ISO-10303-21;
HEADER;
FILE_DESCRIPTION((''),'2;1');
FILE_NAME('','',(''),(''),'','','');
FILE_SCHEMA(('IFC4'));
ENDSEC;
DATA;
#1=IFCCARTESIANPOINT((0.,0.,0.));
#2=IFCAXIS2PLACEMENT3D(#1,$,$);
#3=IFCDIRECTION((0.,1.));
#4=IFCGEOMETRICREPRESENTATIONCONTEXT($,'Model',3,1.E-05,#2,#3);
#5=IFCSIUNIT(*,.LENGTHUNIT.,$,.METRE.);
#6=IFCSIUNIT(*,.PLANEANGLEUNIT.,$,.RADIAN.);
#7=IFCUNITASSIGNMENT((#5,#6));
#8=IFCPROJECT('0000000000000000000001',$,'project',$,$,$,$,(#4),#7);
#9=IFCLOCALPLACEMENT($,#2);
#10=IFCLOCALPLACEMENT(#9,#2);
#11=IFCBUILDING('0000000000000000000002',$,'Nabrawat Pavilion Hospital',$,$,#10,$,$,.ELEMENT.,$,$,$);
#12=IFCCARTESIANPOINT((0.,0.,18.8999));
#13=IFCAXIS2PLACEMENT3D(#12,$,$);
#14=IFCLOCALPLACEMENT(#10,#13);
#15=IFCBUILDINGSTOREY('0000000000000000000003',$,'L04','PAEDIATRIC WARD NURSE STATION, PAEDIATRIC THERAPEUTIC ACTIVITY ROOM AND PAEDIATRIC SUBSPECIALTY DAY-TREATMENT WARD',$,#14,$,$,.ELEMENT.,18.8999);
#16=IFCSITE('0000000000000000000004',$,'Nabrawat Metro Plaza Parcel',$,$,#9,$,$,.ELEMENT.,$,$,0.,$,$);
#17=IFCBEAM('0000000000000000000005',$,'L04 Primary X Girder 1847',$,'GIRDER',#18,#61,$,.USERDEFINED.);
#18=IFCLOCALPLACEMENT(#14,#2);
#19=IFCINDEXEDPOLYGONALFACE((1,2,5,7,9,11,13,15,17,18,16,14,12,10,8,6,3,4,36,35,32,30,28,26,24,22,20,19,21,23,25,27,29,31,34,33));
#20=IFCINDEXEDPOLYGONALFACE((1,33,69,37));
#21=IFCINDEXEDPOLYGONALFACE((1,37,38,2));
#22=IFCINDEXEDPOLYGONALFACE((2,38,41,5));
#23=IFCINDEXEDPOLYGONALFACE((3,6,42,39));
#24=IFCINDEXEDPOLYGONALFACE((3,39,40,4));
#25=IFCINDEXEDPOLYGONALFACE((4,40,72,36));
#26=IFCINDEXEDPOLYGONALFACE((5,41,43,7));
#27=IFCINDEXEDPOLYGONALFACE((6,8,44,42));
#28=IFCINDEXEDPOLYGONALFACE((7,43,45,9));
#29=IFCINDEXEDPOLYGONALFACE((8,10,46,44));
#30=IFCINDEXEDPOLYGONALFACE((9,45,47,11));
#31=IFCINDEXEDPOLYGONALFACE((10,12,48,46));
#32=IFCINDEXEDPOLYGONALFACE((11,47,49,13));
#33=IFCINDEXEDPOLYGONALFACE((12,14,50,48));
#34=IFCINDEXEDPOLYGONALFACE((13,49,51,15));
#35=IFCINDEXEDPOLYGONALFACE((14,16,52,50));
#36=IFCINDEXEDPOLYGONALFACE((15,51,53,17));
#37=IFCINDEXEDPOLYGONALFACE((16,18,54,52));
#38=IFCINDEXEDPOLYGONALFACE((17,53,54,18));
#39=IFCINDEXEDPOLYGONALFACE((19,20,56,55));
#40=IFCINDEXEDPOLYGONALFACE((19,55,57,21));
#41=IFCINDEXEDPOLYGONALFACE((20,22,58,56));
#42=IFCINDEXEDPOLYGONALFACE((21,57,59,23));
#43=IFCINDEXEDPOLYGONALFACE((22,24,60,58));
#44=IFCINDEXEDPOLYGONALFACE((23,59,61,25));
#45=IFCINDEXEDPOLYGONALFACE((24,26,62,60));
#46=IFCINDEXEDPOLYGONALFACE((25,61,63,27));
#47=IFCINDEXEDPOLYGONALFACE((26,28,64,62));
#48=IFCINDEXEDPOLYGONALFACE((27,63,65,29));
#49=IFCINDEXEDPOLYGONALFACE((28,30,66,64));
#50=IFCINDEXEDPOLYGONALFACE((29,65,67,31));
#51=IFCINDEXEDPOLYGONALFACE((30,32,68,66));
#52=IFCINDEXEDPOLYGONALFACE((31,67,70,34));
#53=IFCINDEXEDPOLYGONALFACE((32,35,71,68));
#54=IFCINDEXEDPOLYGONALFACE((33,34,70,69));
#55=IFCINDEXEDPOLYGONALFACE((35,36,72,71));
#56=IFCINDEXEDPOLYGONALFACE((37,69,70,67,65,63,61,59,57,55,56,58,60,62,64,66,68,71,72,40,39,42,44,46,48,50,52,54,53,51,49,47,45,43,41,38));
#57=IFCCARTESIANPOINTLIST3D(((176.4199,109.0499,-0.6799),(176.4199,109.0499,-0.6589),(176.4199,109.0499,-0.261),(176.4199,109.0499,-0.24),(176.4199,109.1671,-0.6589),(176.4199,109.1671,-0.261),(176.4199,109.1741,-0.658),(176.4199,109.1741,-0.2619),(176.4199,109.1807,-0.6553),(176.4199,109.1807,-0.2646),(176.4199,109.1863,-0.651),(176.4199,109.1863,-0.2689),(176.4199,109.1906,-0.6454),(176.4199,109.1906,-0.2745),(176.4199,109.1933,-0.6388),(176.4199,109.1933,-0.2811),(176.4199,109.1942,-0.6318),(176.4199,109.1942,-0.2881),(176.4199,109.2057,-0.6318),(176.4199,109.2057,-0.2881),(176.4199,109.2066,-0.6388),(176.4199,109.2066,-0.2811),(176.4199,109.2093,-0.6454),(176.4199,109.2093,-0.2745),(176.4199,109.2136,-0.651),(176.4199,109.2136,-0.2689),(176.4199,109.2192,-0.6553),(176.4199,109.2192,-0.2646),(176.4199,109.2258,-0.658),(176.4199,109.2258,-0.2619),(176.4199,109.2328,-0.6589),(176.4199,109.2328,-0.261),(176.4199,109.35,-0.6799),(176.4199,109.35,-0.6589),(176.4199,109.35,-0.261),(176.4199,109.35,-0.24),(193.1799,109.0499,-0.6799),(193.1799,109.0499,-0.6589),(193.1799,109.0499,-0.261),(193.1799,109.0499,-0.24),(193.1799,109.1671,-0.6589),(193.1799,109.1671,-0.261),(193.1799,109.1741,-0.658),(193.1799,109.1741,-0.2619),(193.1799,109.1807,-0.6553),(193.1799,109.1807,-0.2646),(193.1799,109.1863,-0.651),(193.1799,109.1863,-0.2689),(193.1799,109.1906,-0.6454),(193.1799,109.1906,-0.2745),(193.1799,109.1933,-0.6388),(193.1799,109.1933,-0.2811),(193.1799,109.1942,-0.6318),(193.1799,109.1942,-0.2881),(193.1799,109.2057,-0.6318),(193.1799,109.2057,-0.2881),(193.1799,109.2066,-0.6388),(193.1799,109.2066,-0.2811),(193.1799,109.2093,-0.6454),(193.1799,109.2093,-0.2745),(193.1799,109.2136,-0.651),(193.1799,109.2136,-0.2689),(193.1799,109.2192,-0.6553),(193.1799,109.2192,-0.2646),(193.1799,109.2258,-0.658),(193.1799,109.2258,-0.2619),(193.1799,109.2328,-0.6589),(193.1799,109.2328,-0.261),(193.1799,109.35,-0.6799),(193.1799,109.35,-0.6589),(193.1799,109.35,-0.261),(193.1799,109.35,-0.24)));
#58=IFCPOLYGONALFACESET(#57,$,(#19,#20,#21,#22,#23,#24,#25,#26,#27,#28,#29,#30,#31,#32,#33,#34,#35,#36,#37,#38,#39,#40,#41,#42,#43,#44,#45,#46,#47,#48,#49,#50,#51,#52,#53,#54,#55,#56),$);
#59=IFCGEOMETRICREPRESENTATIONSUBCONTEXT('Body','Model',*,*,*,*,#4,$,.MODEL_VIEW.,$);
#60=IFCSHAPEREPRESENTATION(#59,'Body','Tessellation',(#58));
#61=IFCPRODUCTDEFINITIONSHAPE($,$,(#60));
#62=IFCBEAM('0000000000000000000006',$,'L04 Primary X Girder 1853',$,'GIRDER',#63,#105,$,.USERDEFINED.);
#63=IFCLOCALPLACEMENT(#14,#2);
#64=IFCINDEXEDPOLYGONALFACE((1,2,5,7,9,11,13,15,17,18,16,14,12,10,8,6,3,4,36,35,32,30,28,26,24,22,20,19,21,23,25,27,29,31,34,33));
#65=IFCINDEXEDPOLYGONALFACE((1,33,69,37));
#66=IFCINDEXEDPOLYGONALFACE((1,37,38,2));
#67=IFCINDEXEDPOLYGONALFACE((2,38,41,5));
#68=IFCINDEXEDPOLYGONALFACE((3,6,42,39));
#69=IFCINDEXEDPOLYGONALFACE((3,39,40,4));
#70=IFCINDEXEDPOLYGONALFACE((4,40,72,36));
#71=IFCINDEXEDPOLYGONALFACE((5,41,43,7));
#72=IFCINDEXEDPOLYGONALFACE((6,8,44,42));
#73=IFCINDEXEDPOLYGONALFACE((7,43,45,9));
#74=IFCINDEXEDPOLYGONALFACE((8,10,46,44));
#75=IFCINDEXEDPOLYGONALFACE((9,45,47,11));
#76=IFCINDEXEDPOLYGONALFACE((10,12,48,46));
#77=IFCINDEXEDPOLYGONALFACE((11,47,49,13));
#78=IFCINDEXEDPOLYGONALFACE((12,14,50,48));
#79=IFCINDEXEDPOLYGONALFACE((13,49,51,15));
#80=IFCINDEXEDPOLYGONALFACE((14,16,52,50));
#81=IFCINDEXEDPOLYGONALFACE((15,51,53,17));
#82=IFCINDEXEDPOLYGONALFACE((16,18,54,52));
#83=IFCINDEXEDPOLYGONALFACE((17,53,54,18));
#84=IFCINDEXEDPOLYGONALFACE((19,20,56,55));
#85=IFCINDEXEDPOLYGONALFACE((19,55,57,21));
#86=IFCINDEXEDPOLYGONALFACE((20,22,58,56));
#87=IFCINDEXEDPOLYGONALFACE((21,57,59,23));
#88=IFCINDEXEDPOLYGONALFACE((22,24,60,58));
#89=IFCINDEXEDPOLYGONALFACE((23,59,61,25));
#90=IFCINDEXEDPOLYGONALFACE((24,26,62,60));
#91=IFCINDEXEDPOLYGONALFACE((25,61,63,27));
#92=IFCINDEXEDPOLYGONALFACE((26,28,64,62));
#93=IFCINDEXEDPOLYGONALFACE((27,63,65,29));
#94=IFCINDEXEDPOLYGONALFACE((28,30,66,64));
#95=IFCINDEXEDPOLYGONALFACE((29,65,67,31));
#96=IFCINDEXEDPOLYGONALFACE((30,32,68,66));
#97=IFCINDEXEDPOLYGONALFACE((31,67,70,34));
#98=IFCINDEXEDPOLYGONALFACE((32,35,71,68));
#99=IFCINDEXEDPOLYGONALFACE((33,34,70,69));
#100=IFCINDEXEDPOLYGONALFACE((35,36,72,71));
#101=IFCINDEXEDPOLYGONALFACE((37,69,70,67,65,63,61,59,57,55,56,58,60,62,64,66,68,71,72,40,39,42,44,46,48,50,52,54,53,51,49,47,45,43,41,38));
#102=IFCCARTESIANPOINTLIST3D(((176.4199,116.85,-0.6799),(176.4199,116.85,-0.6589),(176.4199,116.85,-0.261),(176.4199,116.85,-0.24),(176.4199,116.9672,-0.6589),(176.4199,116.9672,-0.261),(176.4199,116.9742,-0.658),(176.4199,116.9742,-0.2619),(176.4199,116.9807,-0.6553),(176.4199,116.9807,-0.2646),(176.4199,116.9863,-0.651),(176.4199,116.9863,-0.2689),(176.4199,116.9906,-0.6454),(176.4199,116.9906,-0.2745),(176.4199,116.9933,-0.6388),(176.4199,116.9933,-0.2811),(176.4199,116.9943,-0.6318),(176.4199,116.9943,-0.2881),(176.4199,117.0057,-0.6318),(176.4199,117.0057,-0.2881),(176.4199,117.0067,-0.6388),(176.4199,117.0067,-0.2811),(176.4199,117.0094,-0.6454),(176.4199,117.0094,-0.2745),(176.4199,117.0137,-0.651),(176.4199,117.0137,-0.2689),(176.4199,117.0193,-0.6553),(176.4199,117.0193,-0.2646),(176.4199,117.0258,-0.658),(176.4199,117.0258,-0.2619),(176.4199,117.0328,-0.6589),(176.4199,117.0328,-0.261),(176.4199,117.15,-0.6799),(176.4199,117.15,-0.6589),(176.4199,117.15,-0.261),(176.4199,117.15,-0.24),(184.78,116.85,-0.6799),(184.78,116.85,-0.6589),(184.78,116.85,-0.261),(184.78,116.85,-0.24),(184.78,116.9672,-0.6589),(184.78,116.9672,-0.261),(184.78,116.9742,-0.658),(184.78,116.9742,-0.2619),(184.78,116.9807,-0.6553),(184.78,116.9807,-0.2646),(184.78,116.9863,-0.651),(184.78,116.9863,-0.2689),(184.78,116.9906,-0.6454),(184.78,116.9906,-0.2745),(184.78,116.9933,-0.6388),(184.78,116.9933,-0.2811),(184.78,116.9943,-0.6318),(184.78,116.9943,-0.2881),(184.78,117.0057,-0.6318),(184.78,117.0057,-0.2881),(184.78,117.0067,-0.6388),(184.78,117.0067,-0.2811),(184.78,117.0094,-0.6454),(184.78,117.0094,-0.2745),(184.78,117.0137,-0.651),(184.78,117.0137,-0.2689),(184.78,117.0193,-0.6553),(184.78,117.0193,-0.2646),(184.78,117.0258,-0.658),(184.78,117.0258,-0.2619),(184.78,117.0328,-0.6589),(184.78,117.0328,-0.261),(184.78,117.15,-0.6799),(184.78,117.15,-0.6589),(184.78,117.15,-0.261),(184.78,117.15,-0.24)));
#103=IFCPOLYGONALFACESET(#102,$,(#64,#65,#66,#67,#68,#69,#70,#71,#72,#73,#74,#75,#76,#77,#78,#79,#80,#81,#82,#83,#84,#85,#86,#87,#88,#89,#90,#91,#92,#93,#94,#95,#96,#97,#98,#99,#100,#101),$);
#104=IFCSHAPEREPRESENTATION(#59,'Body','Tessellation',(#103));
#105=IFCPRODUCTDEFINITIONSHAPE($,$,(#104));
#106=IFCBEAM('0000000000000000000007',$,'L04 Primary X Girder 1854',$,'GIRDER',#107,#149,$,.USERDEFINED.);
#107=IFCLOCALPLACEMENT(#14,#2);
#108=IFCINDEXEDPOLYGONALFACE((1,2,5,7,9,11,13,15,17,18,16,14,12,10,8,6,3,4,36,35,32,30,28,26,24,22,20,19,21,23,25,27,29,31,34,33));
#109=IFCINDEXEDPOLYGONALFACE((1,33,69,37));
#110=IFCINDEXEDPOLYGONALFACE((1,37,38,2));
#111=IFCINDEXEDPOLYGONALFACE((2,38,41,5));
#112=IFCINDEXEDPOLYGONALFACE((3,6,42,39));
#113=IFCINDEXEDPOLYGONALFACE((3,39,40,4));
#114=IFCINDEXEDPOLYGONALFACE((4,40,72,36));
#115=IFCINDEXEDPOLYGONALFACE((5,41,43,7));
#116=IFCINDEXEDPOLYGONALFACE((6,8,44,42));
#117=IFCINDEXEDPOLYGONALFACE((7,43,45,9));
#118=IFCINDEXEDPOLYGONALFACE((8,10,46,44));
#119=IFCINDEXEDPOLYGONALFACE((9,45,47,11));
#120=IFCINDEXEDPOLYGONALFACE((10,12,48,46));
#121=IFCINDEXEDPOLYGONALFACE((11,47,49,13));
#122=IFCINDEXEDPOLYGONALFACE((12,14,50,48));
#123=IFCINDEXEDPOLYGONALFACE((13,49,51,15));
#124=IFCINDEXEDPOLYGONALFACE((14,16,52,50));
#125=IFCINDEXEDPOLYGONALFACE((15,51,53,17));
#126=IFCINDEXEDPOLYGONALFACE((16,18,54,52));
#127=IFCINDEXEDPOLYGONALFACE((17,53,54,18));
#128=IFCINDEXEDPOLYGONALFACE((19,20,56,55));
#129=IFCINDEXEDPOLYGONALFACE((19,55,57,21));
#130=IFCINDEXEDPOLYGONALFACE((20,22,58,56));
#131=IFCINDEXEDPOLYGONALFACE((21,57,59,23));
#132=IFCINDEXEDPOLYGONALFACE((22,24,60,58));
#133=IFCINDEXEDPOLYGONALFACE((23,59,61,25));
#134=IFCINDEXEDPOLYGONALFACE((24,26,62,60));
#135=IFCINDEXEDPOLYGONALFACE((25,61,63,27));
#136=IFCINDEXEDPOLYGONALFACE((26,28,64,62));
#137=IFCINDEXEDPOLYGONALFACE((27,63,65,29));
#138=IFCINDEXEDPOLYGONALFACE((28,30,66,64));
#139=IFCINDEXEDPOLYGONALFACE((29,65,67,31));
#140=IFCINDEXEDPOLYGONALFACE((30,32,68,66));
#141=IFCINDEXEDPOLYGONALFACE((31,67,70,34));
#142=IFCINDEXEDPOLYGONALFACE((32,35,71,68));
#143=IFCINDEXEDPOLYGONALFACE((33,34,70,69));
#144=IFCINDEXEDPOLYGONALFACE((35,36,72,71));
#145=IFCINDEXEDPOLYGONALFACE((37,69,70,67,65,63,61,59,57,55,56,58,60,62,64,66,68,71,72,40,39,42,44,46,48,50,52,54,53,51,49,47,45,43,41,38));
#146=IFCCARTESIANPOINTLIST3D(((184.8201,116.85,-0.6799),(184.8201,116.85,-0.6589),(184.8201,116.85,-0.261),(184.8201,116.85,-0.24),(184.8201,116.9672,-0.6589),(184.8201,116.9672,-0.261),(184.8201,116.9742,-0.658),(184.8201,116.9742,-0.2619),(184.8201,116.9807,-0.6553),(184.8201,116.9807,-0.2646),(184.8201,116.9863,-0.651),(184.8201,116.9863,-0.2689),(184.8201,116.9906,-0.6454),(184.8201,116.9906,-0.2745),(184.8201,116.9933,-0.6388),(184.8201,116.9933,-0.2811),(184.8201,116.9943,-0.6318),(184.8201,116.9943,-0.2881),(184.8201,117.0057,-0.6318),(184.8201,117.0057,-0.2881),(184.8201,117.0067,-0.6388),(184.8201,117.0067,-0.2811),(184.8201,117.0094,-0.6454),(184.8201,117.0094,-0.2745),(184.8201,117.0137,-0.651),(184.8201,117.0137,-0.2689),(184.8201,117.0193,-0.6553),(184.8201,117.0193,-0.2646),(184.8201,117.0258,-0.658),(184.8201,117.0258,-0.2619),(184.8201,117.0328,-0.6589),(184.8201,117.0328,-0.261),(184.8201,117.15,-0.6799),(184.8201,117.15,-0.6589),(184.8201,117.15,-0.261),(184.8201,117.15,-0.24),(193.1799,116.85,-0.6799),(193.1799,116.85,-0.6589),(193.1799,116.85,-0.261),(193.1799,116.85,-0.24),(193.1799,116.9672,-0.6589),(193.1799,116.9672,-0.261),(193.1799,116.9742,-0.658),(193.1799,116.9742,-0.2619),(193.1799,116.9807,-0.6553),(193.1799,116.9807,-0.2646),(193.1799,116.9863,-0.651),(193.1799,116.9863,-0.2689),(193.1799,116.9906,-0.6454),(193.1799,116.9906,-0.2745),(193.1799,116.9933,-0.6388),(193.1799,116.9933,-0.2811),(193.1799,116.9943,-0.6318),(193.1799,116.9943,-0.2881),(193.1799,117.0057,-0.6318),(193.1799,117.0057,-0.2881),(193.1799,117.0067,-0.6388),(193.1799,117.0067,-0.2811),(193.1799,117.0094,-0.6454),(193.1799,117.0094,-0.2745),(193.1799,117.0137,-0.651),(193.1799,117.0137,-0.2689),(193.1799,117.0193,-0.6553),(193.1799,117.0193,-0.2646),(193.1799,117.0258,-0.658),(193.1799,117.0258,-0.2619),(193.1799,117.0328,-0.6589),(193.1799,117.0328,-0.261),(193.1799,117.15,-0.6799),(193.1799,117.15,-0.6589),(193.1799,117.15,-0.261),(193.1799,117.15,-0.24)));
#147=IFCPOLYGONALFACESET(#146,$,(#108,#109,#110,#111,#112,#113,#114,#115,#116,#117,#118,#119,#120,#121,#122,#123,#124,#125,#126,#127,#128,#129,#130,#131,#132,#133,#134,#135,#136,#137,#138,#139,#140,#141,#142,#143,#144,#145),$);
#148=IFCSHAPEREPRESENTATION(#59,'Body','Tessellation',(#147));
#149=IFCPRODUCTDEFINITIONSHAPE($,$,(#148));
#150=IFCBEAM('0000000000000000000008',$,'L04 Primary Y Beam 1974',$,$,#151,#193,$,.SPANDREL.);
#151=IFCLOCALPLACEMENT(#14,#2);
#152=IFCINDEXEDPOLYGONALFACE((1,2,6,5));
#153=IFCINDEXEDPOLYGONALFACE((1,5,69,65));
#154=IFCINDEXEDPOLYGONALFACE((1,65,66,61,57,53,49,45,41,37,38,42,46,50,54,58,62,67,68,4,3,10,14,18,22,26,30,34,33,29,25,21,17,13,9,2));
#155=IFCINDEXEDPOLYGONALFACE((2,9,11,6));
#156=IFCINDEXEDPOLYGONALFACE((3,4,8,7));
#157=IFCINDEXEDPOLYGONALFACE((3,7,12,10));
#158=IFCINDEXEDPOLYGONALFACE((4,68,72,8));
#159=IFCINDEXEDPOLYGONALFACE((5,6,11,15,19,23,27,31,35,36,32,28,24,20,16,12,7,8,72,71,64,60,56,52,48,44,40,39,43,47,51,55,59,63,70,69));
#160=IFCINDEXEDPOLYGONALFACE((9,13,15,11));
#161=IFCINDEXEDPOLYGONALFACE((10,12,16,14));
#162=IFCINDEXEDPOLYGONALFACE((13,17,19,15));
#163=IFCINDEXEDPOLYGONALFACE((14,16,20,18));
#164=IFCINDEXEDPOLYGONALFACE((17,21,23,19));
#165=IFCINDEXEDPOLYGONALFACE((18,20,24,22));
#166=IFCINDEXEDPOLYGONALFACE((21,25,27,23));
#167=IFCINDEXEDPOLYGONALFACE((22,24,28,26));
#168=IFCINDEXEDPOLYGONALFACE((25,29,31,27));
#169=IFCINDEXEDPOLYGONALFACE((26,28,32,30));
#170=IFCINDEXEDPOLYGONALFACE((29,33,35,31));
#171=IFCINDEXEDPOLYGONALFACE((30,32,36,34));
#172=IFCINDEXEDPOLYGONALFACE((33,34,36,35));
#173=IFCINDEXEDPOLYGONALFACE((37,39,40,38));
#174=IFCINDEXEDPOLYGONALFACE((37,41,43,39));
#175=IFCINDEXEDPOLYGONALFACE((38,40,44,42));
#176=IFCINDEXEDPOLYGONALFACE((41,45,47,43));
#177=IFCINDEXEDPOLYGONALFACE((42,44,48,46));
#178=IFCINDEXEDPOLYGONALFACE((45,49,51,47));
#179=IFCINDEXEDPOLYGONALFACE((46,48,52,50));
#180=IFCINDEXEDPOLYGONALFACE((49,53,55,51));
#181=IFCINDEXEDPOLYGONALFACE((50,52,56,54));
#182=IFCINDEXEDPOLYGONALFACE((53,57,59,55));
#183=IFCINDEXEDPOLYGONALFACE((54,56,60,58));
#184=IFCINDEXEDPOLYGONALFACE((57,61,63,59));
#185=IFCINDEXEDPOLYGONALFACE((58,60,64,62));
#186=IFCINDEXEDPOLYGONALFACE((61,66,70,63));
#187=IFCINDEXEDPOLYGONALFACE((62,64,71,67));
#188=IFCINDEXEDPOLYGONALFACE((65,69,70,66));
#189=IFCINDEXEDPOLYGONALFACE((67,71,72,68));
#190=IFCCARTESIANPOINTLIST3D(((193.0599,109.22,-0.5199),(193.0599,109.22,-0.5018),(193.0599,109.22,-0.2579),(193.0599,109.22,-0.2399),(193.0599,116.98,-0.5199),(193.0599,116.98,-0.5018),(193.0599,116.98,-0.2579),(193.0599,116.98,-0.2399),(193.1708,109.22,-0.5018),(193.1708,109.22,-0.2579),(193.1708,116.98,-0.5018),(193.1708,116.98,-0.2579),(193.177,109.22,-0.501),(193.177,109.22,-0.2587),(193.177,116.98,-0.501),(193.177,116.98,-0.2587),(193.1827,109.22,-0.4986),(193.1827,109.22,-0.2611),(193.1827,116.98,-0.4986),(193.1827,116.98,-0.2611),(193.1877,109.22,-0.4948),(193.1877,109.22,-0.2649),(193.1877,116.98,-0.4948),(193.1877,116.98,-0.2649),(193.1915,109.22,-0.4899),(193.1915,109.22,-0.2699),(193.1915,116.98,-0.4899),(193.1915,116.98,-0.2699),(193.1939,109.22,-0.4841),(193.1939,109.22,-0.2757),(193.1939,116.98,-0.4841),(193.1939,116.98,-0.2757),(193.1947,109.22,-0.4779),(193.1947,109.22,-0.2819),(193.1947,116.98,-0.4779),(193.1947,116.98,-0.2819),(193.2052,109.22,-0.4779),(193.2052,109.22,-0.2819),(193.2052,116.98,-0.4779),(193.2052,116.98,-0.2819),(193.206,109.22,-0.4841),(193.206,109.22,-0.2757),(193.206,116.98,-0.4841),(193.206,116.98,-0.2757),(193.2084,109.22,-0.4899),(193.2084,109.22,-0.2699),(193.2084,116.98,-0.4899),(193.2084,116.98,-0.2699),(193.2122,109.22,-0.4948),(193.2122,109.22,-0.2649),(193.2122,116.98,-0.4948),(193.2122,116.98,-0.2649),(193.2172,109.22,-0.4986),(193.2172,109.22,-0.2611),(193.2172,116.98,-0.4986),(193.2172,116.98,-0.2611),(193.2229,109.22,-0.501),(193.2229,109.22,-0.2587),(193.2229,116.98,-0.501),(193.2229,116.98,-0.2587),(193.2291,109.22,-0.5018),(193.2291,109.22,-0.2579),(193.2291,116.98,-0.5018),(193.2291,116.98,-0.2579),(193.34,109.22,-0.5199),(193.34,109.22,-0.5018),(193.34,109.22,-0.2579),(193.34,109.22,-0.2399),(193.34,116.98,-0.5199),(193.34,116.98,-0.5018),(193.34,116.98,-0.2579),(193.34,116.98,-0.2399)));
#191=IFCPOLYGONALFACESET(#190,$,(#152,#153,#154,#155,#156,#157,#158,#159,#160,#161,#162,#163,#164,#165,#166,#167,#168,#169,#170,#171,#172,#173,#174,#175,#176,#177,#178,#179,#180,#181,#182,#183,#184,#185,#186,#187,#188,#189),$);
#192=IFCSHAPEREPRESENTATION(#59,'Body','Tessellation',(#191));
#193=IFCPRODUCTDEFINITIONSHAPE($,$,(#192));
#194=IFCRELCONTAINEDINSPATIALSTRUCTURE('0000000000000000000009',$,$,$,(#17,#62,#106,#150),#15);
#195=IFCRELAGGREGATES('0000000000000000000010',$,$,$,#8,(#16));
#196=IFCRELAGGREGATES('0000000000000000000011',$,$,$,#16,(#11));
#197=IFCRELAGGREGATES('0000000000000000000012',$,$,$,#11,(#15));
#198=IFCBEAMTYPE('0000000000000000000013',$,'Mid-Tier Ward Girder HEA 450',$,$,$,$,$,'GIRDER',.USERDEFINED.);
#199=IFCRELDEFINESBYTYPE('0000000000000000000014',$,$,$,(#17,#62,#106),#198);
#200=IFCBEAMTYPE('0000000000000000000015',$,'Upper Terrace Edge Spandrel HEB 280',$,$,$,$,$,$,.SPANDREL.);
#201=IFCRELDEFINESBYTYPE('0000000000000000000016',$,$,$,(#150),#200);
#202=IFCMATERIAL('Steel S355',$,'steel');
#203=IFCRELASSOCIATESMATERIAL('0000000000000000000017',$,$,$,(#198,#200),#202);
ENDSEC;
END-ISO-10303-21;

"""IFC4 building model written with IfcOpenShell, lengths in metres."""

from ifc_helpers import new_model, si_unit, direction, frame, origin, origin_2d, place, context, subcontext, project, spatial, i_section, extrude, material, material_profile, profile_set, type_object, element, save


model = new_model("IFC4")

# Units and contexts
model_context = context("Model", 3, precision=1e-05, world=origin(), true_north=direction((0.0, 1.0)))
body_context = subcontext(model_context, "Body", "Model", "MODEL_VIEW")
ifc_project = project(units=[si_unit("LENGTHUNIT", "METRE"), si_unit("PLANEANGLEUNIT", "RADIAN")], contexts=[model_context])

# Site, building, storey
site_placement = place(None, origin())
site = spatial("IfcSite", under=ifc_project, at=site_placement, Name="Nabrawat Metro Plaza Parcel", CompositionType="ELEMENT", RefElevation=0.0)
building_placement = place(site_placement, origin())
building = spatial("IfcBuilding", under=site, at=building_placement, Name="Nabrawat Pavilion Hospital", CompositionType="ELEMENT")
storey_placement = place(building_placement, frame((0.0, 0.0, 18.8999)))
storey = spatial("IfcBuildingStorey", under=building, at=storey_placement, Name="L04", Description="PAEDIATRIC WARD NURSE STATION, PAEDIATRIC THERAPEUTIC ACTIVITY ROOM AND PAEDIATRIC SUBSPECIALTY DAY-TREATMENT WARD", CompositionType="ELEMENT", Elevation=18.8999)

# Shared definitions
ifc_material_1 = material(Name="Steel S355", Category="steel")

# Beams
ifc_material_profile_1 = material_profile(ifc_material_1, i_section(OverallWidth=0.3, OverallDepth=0.4399, WebThickness=0.0115, FlangeThickness=0.021, FilletRadius=0.0271, at=origin_2d()), Name="HEA 450")
ifc_profile_set_1 = profile_set([ifc_material_profile_1], Name="Steel S355")
beam_type_1 = type_object("IfcBeamType", Name="Mid-Tier Ward Girder HEA 450", ElementType="GIRDER", PredefinedType="USERDEFINED", material=ifc_profile_set_1)
beam_1_placement = place(storey_placement, frame((176.4199, 109.2, -0.46), z_axis=(1.0, 0.0, 0.0), x_axis=(0.0, 1.0, 0.0)))
element("IfcBeam", 1, at=beam_1_placement, inside=storey, type_object=beam_type_1, Name="L04 Primary X Girder 1847", ObjectType="GIRDER", PredefinedType="USERDEFINED", context=body_context, shape_type="SweptSolid", body=[
    extrude(i_section(OverallWidth=0.3, OverallDepth=0.4399, WebThickness=0.0115, FlangeThickness=0.021, FilletRadius=0.0271, at=origin_2d()), origin(), (0.0, 0.0, 1.0), 16.76),
])
beam_2_placement = place(storey_placement, frame((176.4199, 117.0, -0.46), z_axis=(1.0, 0.0, 0.0), x_axis=(0.0, 1.0, 0.0)))
element("IfcBeam", 2, at=beam_2_placement, inside=storey, type_object=beam_type_1, Name="L04 Primary X Girder 1853", ObjectType="GIRDER", PredefinedType="USERDEFINED", context=body_context, shape_type="SweptSolid", body=[
    extrude(i_section(OverallWidth=0.3, OverallDepth=0.4399, WebThickness=0.0115, FlangeThickness=0.021, FilletRadius=0.0271, at=origin_2d()), origin(), (0.0, 0.0, 1.0), 8.3601),
])
beam_3_placement = place(storey_placement, frame((184.8201, 117.0, -0.46), z_axis=(1.0, 0.0, 0.0), x_axis=(0.0, 1.0, 0.0)))
element("IfcBeam", 3, at=beam_3_placement, inside=storey, type_object=beam_type_1, Name="L04 Primary X Girder 1854", ObjectType="GIRDER", PredefinedType="USERDEFINED", context=body_context, shape_type="SweptSolid", body=[
    extrude(i_section(OverallWidth=0.3, OverallDepth=0.4399, WebThickness=0.0115, FlangeThickness=0.021, FilletRadius=0.0271, at=origin_2d()), origin(), (0.0, 0.0, 1.0), 8.3599),
])
ifc_material_profile_2 = material_profile(ifc_material_1, i_section(OverallWidth=0.28, OverallDepth=0.28, WebThickness=0.0105, FlangeThickness=0.0181, FilletRadius=0.0239, at=origin_2d()), Name="HEB 280")
ifc_profile_set_2 = profile_set([ifc_material_profile_2], Name="Steel S355")
beam_type_2 = type_object("IfcBeamType", Name="Upper Terrace Edge Spandrel HEB 280", PredefinedType="SPANDREL", material=ifc_profile_set_2)
for number, where, z_axis, x_axis, name in (
    (4, (193.2, 109.22, -0.3799), (0.0, 1.0, 0.0), (-1.0, 0.0, 0.0), "L04 Primary Y Beam 1974"),
):
    element("IfcBeam", number, at=place(storey_placement, frame(where, z_axis=z_axis, x_axis=x_axis)), inside=storey, type_object=beam_type_2, Name=name, PredefinedType="SPANDREL", context=body_context, shape_type="SweptSolid", body=[
        extrude(i_section(OverallWidth=0.28, OverallDepth=0.28, WebThickness=0.0105, FlangeThickness=0.0181, FilletRadius=0.0239, at=origin_2d()), origin(), (0.0, 0.0, 1.0), 7.76),
    ])

save(model, "model.ifc")
